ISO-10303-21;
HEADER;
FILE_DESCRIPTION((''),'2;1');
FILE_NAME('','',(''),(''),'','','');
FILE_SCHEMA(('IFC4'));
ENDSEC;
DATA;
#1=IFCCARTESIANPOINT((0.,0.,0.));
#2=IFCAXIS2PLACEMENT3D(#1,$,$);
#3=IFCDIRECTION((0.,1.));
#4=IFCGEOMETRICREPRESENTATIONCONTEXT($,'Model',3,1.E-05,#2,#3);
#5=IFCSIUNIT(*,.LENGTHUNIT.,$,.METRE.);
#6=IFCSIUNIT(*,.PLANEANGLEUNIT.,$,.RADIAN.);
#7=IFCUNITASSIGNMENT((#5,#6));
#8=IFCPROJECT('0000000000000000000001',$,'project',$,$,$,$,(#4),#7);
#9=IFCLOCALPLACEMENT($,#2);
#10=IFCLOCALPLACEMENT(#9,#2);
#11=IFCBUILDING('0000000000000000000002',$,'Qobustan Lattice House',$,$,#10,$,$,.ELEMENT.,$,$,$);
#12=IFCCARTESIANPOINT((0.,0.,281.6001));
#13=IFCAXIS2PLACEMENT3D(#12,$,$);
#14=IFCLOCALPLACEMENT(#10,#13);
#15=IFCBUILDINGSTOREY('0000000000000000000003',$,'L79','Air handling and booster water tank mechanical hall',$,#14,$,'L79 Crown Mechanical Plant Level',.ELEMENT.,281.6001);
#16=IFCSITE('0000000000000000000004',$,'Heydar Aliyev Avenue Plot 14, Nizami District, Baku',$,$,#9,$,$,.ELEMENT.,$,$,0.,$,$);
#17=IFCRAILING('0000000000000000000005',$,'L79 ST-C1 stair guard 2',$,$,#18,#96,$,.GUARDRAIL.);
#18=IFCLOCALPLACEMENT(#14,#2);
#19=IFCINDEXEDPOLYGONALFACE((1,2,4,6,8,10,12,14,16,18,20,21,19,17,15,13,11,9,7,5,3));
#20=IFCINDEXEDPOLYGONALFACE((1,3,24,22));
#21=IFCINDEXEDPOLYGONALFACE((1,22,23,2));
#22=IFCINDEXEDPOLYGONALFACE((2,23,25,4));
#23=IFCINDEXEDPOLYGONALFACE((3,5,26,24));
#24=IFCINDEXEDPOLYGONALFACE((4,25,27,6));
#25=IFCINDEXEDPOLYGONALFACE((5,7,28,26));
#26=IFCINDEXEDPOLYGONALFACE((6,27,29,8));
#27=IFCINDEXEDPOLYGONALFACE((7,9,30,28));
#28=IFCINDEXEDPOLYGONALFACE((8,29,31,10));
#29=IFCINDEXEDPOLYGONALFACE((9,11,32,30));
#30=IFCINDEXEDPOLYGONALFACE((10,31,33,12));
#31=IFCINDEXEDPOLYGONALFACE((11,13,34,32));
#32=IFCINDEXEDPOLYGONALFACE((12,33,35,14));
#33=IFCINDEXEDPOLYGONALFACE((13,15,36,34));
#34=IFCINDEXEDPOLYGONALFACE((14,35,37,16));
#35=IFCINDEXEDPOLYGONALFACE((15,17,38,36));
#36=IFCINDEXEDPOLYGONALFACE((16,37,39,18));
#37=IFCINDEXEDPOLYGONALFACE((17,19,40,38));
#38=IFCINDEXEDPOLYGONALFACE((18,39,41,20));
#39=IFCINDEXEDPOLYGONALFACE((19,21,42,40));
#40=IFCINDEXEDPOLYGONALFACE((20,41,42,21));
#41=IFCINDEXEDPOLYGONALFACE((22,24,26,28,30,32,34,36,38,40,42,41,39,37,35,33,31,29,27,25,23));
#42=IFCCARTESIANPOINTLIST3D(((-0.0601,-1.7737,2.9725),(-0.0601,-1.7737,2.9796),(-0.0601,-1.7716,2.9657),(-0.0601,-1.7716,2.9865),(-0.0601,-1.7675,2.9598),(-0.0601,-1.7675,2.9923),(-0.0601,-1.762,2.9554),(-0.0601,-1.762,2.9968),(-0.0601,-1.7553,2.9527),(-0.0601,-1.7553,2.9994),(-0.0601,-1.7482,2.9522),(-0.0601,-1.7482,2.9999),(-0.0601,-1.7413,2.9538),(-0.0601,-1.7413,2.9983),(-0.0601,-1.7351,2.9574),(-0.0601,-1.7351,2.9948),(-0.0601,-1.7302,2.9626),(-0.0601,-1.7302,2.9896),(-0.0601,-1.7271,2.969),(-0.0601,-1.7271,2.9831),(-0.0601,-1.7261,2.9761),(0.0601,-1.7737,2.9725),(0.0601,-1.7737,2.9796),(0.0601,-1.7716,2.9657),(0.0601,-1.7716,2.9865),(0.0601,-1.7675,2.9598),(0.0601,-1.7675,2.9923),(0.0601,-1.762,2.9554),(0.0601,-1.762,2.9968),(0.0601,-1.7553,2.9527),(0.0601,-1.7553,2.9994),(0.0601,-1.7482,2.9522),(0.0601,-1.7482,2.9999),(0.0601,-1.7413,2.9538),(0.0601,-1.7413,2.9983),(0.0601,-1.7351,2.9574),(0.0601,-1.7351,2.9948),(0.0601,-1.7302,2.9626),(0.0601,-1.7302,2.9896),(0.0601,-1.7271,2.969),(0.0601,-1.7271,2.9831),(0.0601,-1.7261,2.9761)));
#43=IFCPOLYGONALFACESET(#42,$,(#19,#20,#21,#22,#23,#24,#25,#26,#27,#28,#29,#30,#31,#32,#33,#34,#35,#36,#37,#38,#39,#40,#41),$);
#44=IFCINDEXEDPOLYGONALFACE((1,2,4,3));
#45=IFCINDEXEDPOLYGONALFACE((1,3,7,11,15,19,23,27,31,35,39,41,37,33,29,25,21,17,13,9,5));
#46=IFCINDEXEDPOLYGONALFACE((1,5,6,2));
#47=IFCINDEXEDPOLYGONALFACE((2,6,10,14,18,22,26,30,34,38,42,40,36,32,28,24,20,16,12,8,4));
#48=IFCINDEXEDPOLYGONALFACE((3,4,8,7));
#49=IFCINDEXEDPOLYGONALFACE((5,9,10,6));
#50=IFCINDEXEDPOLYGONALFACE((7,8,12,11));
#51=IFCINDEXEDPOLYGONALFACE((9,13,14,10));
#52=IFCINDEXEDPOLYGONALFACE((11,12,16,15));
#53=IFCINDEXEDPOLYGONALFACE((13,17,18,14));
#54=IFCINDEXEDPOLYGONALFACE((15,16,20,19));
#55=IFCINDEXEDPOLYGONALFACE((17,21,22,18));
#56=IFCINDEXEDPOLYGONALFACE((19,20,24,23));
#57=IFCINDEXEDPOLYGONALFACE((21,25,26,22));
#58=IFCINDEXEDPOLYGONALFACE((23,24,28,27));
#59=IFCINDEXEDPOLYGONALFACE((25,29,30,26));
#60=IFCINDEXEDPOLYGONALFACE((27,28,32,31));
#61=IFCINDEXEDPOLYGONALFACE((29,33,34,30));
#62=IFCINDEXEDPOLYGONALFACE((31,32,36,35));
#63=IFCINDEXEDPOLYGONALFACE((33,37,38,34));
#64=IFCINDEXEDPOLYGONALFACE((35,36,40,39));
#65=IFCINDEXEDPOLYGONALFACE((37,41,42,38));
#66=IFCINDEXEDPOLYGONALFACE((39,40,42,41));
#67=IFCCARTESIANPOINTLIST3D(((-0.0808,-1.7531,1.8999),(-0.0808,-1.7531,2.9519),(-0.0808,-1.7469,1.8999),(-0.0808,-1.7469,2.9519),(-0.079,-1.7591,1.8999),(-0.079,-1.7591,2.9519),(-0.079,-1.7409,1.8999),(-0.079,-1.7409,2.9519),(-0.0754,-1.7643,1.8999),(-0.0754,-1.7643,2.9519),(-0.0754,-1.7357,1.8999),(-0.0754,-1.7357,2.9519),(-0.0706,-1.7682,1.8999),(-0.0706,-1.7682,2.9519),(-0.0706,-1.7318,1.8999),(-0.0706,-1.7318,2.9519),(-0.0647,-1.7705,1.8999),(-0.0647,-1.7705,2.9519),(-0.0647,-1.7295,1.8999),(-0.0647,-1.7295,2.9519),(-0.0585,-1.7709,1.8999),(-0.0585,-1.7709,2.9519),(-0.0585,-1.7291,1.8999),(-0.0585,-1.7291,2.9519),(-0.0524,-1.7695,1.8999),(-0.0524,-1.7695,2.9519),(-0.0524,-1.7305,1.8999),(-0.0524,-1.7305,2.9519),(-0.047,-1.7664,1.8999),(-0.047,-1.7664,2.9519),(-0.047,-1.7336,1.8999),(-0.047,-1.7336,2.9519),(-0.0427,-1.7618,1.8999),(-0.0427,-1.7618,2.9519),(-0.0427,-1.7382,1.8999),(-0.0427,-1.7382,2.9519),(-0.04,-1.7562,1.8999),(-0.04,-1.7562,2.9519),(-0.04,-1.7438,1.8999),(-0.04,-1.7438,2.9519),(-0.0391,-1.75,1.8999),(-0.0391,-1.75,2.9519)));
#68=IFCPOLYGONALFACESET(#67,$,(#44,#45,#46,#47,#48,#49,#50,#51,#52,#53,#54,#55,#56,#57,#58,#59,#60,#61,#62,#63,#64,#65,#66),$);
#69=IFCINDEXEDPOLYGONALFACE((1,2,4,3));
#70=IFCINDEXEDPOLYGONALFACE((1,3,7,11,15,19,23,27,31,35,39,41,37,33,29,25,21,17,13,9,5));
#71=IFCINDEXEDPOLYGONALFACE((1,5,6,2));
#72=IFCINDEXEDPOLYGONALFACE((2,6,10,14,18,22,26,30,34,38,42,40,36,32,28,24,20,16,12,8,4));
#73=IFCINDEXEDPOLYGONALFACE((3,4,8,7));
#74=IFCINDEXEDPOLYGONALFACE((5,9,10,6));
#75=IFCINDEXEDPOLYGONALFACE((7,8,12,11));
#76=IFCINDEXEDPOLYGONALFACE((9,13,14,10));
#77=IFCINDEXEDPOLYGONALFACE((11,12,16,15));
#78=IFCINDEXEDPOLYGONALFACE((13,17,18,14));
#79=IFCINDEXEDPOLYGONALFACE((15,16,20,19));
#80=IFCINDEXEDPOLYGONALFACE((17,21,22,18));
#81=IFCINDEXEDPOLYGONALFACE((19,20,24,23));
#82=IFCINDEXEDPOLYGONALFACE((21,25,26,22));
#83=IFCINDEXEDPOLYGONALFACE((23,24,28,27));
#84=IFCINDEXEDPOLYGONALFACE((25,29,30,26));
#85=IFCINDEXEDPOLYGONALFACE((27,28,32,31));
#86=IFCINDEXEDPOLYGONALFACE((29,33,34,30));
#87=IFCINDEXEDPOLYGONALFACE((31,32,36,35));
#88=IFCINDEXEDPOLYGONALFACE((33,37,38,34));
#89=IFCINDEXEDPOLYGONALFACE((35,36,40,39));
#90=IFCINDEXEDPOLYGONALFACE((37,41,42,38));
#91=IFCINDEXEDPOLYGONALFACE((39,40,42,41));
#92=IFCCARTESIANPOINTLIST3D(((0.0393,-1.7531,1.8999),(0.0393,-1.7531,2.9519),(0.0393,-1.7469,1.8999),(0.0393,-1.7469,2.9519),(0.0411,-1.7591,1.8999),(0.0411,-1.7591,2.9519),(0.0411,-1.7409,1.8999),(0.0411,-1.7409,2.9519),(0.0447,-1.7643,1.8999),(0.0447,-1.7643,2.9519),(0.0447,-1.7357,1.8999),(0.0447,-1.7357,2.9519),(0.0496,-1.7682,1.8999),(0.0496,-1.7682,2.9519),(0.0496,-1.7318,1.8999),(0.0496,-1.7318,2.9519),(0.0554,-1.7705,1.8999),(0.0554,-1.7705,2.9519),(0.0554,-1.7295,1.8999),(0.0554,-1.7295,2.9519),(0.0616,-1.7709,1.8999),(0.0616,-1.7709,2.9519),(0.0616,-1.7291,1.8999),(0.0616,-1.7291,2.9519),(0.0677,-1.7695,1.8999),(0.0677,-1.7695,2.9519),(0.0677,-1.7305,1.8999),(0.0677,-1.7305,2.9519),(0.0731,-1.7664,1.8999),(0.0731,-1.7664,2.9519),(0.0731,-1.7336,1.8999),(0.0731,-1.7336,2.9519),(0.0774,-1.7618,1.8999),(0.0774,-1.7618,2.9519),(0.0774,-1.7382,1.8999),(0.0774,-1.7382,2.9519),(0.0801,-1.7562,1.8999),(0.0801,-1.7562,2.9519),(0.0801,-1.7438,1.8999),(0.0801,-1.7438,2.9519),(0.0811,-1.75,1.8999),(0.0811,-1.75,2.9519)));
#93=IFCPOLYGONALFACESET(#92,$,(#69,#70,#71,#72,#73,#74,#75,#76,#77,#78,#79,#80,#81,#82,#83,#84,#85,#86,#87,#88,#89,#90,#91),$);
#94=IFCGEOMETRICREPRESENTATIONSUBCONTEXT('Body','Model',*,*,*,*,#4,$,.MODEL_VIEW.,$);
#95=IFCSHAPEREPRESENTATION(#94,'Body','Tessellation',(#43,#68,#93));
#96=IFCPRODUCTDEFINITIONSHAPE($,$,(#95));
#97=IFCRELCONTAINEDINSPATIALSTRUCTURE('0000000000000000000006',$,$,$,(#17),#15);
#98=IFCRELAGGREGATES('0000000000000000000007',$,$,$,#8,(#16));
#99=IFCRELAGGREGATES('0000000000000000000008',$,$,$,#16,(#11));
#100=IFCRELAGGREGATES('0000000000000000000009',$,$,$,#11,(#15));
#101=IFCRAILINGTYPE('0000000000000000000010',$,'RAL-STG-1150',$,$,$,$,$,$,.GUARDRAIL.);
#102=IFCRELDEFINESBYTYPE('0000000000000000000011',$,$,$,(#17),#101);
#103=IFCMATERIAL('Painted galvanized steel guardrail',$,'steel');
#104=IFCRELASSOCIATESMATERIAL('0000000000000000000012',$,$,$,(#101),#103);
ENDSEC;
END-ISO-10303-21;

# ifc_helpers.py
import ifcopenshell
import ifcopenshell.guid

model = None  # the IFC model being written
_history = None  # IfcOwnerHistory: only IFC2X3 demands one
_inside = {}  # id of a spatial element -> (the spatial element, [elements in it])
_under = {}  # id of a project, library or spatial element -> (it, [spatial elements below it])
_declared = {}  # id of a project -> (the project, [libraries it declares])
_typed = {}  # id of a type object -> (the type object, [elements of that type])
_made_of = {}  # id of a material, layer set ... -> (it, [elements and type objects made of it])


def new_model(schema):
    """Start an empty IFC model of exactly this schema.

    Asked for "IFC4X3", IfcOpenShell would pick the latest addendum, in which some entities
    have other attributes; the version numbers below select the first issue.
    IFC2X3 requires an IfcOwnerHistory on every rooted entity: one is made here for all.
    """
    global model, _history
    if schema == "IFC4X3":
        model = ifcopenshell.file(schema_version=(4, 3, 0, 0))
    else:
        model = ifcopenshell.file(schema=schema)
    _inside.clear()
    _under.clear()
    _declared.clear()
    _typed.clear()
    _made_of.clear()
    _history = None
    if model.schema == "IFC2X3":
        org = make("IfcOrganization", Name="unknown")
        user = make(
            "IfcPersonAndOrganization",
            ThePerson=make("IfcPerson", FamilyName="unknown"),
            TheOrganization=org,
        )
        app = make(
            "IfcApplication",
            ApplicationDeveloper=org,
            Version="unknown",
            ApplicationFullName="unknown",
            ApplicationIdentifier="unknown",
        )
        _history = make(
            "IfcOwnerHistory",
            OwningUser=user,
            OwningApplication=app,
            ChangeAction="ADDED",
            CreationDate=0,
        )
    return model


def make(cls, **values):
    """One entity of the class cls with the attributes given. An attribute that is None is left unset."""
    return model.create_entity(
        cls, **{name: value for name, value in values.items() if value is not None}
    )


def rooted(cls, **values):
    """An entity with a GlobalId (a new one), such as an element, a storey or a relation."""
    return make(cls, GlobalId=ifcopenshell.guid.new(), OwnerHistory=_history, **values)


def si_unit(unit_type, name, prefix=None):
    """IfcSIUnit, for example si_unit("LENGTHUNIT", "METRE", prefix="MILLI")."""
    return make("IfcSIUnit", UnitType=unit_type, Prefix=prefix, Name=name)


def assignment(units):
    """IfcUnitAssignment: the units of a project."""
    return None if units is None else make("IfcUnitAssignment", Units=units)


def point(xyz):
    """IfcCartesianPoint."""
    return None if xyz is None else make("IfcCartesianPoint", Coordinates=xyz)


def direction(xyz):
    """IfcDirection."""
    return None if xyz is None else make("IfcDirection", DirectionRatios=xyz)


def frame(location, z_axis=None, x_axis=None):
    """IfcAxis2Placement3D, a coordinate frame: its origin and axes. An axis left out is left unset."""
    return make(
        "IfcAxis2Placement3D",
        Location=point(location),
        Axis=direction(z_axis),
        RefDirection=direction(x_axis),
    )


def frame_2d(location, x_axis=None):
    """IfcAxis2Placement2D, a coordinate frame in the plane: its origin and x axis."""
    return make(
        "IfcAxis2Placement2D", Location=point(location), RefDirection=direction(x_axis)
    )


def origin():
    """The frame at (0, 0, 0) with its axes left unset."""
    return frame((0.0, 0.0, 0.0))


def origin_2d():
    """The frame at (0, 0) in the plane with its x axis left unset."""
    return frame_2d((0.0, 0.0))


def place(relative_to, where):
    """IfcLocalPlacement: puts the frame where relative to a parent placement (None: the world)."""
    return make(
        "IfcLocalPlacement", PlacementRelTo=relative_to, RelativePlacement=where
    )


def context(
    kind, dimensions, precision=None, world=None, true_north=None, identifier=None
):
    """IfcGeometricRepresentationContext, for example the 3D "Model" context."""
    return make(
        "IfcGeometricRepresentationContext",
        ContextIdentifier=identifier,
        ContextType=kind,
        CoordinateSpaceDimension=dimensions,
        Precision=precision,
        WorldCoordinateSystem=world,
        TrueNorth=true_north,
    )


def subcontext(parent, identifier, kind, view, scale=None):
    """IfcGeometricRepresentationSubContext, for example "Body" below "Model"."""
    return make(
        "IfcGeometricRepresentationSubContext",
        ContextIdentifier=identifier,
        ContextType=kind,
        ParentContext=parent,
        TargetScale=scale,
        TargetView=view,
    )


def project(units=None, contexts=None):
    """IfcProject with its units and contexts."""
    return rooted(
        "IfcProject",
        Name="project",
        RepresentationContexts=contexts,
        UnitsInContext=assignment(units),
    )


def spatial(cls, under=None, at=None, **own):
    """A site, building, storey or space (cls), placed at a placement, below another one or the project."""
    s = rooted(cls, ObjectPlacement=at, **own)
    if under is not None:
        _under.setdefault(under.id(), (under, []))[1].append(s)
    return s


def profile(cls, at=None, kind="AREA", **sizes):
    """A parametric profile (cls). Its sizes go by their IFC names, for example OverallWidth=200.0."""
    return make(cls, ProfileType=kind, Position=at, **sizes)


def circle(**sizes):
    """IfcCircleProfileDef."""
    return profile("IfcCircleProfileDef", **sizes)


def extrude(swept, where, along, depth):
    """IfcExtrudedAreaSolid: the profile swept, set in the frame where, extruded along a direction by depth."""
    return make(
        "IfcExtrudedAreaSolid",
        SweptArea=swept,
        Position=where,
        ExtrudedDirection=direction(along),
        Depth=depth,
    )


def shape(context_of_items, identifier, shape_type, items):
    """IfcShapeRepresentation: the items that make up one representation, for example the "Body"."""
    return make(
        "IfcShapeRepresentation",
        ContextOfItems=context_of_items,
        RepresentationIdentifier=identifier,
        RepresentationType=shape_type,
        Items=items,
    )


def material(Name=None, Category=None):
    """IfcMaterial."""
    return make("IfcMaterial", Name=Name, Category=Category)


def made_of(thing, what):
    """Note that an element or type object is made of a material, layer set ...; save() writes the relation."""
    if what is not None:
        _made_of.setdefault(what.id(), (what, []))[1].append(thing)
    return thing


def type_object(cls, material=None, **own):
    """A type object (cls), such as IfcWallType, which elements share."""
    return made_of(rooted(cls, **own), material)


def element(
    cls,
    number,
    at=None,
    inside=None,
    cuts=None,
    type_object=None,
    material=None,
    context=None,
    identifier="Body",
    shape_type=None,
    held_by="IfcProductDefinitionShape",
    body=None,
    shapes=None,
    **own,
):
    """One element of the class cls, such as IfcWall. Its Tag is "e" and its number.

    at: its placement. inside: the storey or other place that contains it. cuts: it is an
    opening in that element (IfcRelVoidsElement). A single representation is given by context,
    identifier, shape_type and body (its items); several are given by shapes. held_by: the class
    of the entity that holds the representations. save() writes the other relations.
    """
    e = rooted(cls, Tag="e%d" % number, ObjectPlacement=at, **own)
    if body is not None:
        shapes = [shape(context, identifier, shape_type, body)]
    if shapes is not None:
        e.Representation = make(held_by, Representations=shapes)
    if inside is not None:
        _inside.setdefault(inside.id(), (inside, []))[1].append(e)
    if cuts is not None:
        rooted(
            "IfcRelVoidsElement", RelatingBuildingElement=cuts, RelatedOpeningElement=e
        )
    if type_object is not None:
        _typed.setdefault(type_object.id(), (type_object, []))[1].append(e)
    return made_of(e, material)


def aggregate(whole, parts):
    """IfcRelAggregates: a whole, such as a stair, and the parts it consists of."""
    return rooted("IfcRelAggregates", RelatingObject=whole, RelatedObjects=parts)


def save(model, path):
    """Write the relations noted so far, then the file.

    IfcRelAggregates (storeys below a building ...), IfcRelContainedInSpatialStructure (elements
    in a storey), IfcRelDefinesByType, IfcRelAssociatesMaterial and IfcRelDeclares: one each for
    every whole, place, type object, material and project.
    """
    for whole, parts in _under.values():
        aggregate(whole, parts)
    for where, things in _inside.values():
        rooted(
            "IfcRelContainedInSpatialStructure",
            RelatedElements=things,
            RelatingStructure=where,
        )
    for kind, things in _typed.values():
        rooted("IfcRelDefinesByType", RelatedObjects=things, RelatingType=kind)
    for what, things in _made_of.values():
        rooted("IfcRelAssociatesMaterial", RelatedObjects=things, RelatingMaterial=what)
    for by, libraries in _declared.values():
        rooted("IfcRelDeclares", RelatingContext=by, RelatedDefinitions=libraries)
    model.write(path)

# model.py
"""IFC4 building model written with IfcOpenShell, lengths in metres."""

from ifc_helpers import new_model, si_unit, direction, frame, origin, origin_2d, place, context, subcontext, project, spatial, circle, extrude, material, type_object, element, save


model = new_model("IFC4")

# Units and contexts
model_context = context("Model", 3, precision=1e-05, world=origin(), true_north=direction((0.0, 1.0)))
body_context = subcontext(model_context, "Body", "Model", "MODEL_VIEW")
ifc_project = project(units=[si_unit("LENGTHUNIT", "METRE"), si_unit("PLANEANGLEUNIT", "RADIAN")], contexts=[model_context])

# Site, building, storey
site_placement = place(None, origin())
site = spatial("IfcSite", under=ifc_project, at=site_placement, Name="Heydar Aliyev Avenue Plot 14, Nizami District, Baku", CompositionType="ELEMENT", RefElevation=0.0)
building_placement = place(site_placement, origin())
building = spatial("IfcBuilding", under=site, at=building_placement, Name="Qobustan Lattice House", CompositionType="ELEMENT")
storey_placement = place(building_placement, frame((0.0, 0.0, 281.6001)))
storey = spatial("IfcBuildingStorey", under=building, at=storey_placement, Name="L79", Description="Air handling and booster water tank mechanical hall", LongName="L79 Crown Mechanical Plant Level", CompositionType="ELEMENT", Elevation=281.6001)

# Railing
ifc_material_1 = material(Name="Painted galvanized steel guardrail", Category="steel")
railing_type = type_object("IfcRailingType", Name="RAL-STG-1150", PredefinedType="GUARDRAIL", material=ifc_material_1)
railing_1_placement = place(storey_placement, frame((-0.0601, -1.75, 1.8999)))
element("IfcRailing", 1, at=railing_1_placement, inside=storey, type_object=railing_type, Name="L79 ST-C1 stair guard 2", PredefinedType="GUARDRAIL", context=body_context, shape_type="SweptSolid", body=[
    extrude(circle(Radius=0.0239, at=origin_2d()), frame((0.0, 0.0, 1.0762), z_axis=(1.0, 0.0, 0.0), x_axis=(0.0, 1.0, 0.0)), (0.0, 0.0, 1.0), 0.1201),
    extrude(circle(Radius=0.021, at=origin_2d()), origin(), (0.0, 0.0, 1.0), 1.052),
    extrude(circle(Radius=0.021, at=origin_2d()), frame((0.1201, 0.0, 0.0)), (0.0, 0.0, 1.0), 1.052),
])

save(model, "model.ifc")
